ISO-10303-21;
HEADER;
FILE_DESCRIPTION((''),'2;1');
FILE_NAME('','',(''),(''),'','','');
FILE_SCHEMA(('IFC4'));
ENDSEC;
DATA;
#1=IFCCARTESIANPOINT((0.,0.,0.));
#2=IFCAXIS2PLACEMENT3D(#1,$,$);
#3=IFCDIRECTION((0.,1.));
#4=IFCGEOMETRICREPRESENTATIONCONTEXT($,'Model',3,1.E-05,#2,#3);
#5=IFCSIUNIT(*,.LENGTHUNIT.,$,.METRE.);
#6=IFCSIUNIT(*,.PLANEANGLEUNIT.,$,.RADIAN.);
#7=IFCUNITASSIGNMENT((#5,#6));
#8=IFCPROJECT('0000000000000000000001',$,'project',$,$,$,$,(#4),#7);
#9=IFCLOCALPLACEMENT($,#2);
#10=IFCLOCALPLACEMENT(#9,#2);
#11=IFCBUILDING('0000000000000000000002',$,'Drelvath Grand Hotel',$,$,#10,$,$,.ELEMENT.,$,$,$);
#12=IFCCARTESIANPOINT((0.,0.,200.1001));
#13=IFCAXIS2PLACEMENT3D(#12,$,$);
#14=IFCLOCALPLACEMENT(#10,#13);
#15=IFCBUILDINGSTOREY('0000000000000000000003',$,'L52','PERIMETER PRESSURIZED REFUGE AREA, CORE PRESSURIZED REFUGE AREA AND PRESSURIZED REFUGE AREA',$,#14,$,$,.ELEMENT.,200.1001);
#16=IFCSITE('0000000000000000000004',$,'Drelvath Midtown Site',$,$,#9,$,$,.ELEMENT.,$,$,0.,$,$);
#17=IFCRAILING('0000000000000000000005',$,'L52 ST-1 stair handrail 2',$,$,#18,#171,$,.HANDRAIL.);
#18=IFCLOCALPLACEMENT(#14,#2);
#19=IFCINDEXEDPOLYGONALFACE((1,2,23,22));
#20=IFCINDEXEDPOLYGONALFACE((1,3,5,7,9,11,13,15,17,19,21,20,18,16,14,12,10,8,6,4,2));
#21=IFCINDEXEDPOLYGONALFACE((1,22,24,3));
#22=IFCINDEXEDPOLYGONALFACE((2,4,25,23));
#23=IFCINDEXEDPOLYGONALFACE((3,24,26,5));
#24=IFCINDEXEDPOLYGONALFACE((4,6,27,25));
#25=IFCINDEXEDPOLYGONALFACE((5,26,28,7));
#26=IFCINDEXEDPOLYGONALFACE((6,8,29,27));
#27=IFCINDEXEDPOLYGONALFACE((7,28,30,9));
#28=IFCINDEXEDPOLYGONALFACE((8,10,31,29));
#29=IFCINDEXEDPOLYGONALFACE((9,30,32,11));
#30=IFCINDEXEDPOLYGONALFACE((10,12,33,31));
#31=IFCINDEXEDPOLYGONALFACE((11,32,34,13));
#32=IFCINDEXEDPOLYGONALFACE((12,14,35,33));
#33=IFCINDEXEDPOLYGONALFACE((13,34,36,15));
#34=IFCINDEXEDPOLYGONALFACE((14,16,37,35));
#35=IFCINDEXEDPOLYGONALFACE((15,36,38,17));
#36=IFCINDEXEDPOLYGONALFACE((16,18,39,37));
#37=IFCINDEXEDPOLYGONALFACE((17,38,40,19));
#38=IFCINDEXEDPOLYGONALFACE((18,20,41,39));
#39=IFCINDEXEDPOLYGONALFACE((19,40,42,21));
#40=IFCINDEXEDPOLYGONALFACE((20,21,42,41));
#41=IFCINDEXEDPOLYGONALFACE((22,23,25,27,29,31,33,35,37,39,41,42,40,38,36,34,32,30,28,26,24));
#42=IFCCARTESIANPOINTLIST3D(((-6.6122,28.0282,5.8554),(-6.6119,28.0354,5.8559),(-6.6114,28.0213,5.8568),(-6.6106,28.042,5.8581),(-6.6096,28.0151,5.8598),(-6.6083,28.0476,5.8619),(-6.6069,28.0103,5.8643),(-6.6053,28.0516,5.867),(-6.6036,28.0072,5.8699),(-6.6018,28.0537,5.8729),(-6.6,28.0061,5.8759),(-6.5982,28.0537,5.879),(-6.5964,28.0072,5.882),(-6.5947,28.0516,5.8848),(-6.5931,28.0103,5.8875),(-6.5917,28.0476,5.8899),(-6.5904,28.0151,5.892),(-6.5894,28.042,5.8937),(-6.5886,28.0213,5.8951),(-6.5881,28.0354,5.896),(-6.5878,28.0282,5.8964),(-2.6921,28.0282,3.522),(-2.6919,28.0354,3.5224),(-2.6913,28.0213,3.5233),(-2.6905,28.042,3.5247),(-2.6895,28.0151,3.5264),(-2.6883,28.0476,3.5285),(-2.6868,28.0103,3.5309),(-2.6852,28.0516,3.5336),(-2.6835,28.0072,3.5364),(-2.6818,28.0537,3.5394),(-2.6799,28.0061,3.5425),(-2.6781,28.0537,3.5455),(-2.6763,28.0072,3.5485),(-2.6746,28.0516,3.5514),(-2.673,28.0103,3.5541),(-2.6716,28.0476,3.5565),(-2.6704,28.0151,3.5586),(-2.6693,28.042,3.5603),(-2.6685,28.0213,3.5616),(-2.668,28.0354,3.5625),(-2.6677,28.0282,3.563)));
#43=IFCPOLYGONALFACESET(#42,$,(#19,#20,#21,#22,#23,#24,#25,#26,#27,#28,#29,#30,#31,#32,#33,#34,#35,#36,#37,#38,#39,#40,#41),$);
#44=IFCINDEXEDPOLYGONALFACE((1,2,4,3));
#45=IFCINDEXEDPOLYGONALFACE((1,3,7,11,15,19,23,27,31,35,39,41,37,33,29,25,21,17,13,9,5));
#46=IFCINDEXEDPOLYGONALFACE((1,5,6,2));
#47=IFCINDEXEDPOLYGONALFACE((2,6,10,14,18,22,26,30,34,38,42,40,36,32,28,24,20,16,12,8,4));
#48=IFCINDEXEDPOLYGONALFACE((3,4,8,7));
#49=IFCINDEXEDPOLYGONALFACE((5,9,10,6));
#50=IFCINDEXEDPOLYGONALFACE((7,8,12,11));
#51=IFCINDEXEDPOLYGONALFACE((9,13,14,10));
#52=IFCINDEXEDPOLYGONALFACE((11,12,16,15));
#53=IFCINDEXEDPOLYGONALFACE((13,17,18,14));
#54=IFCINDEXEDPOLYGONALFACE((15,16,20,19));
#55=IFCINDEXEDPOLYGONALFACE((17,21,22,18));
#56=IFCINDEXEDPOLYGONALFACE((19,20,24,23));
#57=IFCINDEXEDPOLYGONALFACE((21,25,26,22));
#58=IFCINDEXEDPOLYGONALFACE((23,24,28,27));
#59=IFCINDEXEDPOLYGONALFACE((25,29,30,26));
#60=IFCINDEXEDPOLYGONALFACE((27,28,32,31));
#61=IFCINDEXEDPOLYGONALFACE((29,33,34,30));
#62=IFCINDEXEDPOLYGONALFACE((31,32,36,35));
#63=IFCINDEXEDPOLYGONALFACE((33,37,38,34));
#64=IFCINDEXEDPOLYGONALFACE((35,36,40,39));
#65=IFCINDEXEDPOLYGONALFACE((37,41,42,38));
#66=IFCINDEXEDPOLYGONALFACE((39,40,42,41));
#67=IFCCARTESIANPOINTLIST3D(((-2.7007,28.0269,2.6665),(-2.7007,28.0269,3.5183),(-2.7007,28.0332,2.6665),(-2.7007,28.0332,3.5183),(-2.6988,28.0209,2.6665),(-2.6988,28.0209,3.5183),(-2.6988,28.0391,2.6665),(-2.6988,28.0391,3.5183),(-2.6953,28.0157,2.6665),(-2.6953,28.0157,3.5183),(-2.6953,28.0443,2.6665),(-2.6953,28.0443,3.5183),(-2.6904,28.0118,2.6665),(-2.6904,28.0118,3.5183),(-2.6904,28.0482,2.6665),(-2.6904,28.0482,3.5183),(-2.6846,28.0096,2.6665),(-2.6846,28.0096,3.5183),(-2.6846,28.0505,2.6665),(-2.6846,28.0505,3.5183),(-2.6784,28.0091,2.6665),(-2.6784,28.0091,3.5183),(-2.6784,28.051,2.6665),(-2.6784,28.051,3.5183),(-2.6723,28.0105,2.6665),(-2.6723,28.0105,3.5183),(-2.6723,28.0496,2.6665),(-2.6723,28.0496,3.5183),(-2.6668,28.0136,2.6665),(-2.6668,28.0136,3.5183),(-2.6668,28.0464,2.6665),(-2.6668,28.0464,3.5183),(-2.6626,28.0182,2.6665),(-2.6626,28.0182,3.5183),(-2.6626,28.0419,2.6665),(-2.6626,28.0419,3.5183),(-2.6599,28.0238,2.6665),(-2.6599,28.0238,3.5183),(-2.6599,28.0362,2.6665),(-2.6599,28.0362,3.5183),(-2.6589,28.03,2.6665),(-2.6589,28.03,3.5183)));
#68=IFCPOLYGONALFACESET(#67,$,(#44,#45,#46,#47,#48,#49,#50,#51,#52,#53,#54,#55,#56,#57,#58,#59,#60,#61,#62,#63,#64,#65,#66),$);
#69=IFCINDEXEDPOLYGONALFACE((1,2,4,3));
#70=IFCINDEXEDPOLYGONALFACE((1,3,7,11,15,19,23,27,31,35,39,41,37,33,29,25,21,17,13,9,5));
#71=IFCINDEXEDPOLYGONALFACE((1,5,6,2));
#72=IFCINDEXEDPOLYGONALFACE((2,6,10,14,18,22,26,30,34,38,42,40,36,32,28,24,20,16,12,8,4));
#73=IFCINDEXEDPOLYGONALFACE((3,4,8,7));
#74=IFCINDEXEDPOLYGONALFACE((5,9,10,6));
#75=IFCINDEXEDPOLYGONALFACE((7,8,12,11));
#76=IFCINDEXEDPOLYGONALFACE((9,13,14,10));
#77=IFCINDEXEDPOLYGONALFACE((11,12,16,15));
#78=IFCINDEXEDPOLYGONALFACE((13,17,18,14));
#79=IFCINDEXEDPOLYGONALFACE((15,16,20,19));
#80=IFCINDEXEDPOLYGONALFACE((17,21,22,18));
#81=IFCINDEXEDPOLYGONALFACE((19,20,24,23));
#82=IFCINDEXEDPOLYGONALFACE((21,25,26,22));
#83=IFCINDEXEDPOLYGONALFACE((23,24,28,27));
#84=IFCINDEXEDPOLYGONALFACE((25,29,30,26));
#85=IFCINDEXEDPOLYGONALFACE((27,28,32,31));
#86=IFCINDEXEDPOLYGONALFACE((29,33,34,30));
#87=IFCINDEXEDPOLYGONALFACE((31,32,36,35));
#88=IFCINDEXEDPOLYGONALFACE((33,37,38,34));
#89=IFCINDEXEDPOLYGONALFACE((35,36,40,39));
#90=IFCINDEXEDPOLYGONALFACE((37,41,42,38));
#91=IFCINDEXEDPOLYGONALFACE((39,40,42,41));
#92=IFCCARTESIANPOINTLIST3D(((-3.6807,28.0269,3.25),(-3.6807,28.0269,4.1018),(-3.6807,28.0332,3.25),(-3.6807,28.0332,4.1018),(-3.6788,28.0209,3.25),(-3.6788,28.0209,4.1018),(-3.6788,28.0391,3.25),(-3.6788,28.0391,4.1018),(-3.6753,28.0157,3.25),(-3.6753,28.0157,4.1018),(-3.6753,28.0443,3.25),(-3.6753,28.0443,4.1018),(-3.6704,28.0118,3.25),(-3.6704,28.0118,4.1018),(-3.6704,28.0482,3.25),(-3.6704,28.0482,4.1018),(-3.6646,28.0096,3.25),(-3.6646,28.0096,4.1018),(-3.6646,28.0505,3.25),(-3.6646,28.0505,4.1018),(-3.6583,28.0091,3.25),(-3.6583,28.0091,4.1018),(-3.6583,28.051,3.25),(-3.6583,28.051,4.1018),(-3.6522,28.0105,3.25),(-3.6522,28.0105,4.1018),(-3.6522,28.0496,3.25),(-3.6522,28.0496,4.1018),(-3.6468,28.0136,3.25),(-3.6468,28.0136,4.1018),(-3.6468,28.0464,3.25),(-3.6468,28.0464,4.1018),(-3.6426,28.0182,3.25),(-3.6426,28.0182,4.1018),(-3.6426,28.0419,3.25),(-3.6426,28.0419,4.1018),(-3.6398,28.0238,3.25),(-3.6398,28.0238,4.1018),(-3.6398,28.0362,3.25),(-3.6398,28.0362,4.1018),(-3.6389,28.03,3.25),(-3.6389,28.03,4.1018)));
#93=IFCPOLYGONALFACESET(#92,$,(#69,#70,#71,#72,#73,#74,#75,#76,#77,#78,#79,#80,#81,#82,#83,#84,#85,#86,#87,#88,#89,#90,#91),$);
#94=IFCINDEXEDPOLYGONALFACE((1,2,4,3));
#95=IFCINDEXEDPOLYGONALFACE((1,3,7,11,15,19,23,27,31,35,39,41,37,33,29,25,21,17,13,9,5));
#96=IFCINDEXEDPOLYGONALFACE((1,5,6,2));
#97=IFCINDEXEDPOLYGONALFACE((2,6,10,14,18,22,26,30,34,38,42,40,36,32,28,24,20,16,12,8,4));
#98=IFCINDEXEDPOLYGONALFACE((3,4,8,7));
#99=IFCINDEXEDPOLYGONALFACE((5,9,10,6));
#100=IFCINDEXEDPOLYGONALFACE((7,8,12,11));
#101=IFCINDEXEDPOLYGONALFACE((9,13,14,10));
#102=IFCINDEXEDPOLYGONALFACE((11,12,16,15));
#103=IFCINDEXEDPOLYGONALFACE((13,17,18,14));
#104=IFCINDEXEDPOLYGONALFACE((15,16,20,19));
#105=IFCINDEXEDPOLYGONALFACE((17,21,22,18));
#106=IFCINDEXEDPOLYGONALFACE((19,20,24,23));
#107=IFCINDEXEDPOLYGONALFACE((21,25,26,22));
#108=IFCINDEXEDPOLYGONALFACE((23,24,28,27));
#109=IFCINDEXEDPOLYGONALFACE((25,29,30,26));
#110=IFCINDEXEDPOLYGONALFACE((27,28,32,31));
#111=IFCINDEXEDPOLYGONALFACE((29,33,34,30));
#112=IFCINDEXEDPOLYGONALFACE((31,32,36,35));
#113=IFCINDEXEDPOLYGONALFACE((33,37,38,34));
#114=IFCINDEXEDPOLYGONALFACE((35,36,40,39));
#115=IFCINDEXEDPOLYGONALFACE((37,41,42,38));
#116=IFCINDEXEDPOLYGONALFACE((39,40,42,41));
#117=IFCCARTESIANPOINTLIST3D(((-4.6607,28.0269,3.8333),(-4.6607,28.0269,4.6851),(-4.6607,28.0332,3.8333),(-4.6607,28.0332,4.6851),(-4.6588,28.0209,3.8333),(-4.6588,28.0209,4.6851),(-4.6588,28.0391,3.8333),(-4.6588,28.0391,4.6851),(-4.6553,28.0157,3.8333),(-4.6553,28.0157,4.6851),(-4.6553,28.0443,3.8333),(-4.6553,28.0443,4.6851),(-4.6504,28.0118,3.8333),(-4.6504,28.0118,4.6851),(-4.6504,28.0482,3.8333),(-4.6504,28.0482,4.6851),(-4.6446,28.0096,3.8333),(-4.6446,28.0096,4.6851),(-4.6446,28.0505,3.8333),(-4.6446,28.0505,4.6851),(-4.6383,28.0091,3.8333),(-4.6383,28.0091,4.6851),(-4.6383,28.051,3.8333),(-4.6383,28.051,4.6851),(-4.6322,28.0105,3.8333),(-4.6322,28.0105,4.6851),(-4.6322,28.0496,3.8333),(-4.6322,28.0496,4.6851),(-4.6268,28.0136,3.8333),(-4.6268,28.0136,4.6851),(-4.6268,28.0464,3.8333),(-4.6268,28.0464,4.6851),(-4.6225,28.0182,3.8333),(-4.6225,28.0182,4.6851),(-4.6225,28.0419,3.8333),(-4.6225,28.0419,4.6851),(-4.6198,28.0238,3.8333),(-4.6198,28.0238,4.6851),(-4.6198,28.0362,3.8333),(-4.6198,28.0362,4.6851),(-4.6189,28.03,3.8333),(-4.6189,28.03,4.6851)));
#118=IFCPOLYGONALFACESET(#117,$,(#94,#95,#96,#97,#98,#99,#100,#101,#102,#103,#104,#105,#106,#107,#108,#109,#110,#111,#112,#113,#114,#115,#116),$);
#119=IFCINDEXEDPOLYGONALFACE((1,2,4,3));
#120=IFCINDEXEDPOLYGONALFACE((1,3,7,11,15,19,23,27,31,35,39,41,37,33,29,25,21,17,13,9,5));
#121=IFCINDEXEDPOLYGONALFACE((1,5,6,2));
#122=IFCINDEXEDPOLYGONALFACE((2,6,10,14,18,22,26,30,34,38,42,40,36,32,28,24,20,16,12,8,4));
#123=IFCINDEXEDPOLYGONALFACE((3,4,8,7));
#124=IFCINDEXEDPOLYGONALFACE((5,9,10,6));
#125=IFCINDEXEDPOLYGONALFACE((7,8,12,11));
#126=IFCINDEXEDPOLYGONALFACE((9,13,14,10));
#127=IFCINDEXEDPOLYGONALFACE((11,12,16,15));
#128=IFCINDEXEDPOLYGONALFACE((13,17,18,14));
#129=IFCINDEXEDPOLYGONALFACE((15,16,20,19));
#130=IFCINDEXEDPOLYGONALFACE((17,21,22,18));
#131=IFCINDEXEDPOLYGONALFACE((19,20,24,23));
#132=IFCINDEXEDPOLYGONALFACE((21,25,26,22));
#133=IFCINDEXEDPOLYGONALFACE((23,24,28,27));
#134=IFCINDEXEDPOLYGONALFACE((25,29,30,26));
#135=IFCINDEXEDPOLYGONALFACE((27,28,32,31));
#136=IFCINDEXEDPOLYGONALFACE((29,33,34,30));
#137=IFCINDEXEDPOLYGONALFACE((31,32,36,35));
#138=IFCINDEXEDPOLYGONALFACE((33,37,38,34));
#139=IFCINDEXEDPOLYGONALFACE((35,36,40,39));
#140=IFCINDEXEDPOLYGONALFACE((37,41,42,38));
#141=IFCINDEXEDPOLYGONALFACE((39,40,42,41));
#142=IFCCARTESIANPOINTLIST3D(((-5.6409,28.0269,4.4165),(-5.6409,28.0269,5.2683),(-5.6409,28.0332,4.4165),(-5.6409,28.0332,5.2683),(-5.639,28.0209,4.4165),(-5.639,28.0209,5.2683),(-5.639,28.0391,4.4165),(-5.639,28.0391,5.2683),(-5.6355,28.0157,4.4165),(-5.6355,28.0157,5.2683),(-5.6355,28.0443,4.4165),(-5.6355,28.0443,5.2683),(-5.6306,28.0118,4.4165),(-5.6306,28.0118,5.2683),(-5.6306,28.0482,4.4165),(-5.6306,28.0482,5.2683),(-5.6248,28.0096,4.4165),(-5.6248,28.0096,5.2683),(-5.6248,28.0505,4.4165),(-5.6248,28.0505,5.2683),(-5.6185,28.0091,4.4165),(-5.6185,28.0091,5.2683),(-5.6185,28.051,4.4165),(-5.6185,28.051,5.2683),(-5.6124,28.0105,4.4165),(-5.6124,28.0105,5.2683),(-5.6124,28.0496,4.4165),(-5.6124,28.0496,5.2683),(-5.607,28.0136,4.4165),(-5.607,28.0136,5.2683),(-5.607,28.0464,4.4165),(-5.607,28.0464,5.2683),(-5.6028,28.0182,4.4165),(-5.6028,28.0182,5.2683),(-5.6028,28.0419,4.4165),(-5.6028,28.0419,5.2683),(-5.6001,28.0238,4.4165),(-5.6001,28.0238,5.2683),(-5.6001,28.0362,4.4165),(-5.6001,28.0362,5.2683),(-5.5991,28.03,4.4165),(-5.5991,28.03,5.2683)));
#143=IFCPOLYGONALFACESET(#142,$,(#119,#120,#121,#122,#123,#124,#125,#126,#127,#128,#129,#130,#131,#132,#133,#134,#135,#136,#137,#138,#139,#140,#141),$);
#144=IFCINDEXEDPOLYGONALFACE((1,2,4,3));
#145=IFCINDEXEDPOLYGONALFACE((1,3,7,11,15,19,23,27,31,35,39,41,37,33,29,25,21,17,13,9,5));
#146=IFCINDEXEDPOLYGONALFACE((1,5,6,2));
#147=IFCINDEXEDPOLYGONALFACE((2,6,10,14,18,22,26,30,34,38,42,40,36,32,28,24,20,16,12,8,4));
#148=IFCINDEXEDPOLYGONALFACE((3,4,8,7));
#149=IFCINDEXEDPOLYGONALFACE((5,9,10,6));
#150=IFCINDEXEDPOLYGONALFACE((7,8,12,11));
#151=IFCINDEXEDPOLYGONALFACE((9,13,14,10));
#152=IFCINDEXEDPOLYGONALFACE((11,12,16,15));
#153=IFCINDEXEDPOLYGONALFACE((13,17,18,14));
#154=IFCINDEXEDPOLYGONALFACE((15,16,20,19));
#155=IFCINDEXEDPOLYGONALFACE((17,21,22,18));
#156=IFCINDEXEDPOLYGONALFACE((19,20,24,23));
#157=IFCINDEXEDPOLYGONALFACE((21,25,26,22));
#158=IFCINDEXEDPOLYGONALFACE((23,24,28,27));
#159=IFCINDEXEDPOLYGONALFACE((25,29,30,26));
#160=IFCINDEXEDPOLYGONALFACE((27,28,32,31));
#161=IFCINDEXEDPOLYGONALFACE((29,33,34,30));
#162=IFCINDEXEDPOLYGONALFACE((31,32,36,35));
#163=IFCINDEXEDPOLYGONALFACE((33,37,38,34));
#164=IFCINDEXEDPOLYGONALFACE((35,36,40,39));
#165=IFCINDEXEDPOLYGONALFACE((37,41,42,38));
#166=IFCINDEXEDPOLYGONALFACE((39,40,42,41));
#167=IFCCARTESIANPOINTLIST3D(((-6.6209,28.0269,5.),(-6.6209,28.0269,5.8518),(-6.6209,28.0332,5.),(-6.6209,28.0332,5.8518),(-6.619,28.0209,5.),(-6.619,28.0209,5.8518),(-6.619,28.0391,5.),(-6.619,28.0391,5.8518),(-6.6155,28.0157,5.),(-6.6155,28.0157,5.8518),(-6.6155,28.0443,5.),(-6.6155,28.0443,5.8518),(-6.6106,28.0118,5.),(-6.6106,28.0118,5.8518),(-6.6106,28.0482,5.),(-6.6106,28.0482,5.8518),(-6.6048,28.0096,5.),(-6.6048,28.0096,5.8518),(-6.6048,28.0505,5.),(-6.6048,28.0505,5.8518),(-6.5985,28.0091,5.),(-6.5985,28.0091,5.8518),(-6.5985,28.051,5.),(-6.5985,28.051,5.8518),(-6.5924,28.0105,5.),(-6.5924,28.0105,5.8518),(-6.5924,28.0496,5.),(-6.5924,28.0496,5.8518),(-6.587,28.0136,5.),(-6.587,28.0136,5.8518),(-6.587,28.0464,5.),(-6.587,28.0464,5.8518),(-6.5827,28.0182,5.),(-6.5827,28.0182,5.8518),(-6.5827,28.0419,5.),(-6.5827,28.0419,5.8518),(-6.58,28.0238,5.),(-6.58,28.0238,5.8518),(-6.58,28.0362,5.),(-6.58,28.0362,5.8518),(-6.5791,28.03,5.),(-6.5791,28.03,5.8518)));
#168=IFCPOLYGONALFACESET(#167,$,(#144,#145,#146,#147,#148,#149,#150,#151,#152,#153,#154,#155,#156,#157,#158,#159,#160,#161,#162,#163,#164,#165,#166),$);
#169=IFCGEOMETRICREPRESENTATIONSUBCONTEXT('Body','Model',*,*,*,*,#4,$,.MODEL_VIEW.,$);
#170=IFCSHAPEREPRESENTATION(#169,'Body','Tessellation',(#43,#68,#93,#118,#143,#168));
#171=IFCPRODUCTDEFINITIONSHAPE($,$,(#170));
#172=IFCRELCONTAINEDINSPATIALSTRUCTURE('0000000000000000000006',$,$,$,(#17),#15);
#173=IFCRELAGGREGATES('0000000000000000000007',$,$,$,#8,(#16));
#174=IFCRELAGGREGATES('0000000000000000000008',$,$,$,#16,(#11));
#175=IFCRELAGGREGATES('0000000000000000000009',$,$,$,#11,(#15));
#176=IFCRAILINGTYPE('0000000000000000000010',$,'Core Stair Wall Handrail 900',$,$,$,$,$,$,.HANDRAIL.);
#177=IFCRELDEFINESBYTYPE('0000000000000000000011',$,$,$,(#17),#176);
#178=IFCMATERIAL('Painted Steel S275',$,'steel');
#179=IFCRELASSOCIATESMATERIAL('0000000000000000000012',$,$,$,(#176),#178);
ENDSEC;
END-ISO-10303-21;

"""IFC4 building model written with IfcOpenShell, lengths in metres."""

from ifc_helpers import new_model, si_unit, direction, frame, origin, origin_2d, place, context, subcontext, project, spatial, circle, extrude, material, type_object, element, save


model = new_model("IFC4")

# Units and contexts
model_context = context("Model", 3, precision=1e-05, world=origin(), true_north=direction((0.0, 1.0)))
body_context = subcontext(model_context, "Body", "Model", "MODEL_VIEW")
ifc_project = project(units=[si_unit("LENGTHUNIT", "METRE"), si_unit("PLANEANGLEUNIT", "RADIAN")], contexts=[model_context])

# Site, building, storey
site_placement = place(None, origin())
site = spatial("IfcSite", under=ifc_project, at=site_placement, Name="Drelvath Midtown Site", CompositionType="ELEMENT", RefElevation=0.0)
building_placement = place(site_placement, origin())
building = spatial("IfcBuilding", under=site, at=building_placement, Name="Drelvath Grand Hotel", CompositionType="ELEMENT")
storey_placement = place(building_placement, frame((0.0, 0.0, 200.1001)))
storey = spatial("IfcBuildingStorey", under=building, at=storey_placement, Name="L52", Description="PERIMETER PRESSURIZED REFUGE AREA, CORE PRESSURIZED REFUGE AREA AND PRESSURIZED REFUGE AREA", CompositionType="ELEMENT", Elevation=200.1001)

# Shared definitions
ifc_material_1 = material(Name="Painted Steel S275", Category="steel")

# Railing
railing_type_1 = type_object("IfcRailingType", Name="Core Stair Wall Handrail 900", PredefinedType="HANDRAIL", material=ifc_material_1)
railing_1_placement = place(storey_placement, frame((-2.6799, 28.03, 2.6665)))
element("IfcRailing", 1, at=railing_1_placement, inside=storey, type_object=railing_type_1, Name="L52 ST-1 stair handrail 2", PredefinedType="HANDRAIL", context=body_context, shape_type="SweptSolid", body=[
    extrude(circle(Radius=0.0239, at=origin_2d()), frame((0.0, 0.0, 0.876), z_axis=(-0.859287, 0.0, 0.511494), x_axis=(0.0, -1.0, 0.0)), (0.0, 0.0, 1.0), 4.562),
    extrude(circle(Radius=0.021, at=origin_2d()), origin(), (0.0, 0.0, 1.0), 0.8518),
    extrude(circle(Radius=0.021, at=origin_2d()), frame((-0.98, 0.0, 0.5835)), (0.0, 0.0, 1.0), 0.8518),
    extrude(circle(Radius=0.021, at=origin_2d()), frame((-1.96, 0.0, 1.1667)), (0.0, 0.0, 1.0), 0.8518),
    extrude(circle(Radius=0.021, at=origin_2d()), frame((-2.9402, 0.0, 1.75)), (0.0, 0.0, 1.0), 0.8518),
    extrude(circle(Radius=0.021, at=origin_2d()), frame((-3.9202, 0.0, 2.3335)), (0.0, 0.0, 1.0), 0.8518),
])

save(model, "model.ifc")
